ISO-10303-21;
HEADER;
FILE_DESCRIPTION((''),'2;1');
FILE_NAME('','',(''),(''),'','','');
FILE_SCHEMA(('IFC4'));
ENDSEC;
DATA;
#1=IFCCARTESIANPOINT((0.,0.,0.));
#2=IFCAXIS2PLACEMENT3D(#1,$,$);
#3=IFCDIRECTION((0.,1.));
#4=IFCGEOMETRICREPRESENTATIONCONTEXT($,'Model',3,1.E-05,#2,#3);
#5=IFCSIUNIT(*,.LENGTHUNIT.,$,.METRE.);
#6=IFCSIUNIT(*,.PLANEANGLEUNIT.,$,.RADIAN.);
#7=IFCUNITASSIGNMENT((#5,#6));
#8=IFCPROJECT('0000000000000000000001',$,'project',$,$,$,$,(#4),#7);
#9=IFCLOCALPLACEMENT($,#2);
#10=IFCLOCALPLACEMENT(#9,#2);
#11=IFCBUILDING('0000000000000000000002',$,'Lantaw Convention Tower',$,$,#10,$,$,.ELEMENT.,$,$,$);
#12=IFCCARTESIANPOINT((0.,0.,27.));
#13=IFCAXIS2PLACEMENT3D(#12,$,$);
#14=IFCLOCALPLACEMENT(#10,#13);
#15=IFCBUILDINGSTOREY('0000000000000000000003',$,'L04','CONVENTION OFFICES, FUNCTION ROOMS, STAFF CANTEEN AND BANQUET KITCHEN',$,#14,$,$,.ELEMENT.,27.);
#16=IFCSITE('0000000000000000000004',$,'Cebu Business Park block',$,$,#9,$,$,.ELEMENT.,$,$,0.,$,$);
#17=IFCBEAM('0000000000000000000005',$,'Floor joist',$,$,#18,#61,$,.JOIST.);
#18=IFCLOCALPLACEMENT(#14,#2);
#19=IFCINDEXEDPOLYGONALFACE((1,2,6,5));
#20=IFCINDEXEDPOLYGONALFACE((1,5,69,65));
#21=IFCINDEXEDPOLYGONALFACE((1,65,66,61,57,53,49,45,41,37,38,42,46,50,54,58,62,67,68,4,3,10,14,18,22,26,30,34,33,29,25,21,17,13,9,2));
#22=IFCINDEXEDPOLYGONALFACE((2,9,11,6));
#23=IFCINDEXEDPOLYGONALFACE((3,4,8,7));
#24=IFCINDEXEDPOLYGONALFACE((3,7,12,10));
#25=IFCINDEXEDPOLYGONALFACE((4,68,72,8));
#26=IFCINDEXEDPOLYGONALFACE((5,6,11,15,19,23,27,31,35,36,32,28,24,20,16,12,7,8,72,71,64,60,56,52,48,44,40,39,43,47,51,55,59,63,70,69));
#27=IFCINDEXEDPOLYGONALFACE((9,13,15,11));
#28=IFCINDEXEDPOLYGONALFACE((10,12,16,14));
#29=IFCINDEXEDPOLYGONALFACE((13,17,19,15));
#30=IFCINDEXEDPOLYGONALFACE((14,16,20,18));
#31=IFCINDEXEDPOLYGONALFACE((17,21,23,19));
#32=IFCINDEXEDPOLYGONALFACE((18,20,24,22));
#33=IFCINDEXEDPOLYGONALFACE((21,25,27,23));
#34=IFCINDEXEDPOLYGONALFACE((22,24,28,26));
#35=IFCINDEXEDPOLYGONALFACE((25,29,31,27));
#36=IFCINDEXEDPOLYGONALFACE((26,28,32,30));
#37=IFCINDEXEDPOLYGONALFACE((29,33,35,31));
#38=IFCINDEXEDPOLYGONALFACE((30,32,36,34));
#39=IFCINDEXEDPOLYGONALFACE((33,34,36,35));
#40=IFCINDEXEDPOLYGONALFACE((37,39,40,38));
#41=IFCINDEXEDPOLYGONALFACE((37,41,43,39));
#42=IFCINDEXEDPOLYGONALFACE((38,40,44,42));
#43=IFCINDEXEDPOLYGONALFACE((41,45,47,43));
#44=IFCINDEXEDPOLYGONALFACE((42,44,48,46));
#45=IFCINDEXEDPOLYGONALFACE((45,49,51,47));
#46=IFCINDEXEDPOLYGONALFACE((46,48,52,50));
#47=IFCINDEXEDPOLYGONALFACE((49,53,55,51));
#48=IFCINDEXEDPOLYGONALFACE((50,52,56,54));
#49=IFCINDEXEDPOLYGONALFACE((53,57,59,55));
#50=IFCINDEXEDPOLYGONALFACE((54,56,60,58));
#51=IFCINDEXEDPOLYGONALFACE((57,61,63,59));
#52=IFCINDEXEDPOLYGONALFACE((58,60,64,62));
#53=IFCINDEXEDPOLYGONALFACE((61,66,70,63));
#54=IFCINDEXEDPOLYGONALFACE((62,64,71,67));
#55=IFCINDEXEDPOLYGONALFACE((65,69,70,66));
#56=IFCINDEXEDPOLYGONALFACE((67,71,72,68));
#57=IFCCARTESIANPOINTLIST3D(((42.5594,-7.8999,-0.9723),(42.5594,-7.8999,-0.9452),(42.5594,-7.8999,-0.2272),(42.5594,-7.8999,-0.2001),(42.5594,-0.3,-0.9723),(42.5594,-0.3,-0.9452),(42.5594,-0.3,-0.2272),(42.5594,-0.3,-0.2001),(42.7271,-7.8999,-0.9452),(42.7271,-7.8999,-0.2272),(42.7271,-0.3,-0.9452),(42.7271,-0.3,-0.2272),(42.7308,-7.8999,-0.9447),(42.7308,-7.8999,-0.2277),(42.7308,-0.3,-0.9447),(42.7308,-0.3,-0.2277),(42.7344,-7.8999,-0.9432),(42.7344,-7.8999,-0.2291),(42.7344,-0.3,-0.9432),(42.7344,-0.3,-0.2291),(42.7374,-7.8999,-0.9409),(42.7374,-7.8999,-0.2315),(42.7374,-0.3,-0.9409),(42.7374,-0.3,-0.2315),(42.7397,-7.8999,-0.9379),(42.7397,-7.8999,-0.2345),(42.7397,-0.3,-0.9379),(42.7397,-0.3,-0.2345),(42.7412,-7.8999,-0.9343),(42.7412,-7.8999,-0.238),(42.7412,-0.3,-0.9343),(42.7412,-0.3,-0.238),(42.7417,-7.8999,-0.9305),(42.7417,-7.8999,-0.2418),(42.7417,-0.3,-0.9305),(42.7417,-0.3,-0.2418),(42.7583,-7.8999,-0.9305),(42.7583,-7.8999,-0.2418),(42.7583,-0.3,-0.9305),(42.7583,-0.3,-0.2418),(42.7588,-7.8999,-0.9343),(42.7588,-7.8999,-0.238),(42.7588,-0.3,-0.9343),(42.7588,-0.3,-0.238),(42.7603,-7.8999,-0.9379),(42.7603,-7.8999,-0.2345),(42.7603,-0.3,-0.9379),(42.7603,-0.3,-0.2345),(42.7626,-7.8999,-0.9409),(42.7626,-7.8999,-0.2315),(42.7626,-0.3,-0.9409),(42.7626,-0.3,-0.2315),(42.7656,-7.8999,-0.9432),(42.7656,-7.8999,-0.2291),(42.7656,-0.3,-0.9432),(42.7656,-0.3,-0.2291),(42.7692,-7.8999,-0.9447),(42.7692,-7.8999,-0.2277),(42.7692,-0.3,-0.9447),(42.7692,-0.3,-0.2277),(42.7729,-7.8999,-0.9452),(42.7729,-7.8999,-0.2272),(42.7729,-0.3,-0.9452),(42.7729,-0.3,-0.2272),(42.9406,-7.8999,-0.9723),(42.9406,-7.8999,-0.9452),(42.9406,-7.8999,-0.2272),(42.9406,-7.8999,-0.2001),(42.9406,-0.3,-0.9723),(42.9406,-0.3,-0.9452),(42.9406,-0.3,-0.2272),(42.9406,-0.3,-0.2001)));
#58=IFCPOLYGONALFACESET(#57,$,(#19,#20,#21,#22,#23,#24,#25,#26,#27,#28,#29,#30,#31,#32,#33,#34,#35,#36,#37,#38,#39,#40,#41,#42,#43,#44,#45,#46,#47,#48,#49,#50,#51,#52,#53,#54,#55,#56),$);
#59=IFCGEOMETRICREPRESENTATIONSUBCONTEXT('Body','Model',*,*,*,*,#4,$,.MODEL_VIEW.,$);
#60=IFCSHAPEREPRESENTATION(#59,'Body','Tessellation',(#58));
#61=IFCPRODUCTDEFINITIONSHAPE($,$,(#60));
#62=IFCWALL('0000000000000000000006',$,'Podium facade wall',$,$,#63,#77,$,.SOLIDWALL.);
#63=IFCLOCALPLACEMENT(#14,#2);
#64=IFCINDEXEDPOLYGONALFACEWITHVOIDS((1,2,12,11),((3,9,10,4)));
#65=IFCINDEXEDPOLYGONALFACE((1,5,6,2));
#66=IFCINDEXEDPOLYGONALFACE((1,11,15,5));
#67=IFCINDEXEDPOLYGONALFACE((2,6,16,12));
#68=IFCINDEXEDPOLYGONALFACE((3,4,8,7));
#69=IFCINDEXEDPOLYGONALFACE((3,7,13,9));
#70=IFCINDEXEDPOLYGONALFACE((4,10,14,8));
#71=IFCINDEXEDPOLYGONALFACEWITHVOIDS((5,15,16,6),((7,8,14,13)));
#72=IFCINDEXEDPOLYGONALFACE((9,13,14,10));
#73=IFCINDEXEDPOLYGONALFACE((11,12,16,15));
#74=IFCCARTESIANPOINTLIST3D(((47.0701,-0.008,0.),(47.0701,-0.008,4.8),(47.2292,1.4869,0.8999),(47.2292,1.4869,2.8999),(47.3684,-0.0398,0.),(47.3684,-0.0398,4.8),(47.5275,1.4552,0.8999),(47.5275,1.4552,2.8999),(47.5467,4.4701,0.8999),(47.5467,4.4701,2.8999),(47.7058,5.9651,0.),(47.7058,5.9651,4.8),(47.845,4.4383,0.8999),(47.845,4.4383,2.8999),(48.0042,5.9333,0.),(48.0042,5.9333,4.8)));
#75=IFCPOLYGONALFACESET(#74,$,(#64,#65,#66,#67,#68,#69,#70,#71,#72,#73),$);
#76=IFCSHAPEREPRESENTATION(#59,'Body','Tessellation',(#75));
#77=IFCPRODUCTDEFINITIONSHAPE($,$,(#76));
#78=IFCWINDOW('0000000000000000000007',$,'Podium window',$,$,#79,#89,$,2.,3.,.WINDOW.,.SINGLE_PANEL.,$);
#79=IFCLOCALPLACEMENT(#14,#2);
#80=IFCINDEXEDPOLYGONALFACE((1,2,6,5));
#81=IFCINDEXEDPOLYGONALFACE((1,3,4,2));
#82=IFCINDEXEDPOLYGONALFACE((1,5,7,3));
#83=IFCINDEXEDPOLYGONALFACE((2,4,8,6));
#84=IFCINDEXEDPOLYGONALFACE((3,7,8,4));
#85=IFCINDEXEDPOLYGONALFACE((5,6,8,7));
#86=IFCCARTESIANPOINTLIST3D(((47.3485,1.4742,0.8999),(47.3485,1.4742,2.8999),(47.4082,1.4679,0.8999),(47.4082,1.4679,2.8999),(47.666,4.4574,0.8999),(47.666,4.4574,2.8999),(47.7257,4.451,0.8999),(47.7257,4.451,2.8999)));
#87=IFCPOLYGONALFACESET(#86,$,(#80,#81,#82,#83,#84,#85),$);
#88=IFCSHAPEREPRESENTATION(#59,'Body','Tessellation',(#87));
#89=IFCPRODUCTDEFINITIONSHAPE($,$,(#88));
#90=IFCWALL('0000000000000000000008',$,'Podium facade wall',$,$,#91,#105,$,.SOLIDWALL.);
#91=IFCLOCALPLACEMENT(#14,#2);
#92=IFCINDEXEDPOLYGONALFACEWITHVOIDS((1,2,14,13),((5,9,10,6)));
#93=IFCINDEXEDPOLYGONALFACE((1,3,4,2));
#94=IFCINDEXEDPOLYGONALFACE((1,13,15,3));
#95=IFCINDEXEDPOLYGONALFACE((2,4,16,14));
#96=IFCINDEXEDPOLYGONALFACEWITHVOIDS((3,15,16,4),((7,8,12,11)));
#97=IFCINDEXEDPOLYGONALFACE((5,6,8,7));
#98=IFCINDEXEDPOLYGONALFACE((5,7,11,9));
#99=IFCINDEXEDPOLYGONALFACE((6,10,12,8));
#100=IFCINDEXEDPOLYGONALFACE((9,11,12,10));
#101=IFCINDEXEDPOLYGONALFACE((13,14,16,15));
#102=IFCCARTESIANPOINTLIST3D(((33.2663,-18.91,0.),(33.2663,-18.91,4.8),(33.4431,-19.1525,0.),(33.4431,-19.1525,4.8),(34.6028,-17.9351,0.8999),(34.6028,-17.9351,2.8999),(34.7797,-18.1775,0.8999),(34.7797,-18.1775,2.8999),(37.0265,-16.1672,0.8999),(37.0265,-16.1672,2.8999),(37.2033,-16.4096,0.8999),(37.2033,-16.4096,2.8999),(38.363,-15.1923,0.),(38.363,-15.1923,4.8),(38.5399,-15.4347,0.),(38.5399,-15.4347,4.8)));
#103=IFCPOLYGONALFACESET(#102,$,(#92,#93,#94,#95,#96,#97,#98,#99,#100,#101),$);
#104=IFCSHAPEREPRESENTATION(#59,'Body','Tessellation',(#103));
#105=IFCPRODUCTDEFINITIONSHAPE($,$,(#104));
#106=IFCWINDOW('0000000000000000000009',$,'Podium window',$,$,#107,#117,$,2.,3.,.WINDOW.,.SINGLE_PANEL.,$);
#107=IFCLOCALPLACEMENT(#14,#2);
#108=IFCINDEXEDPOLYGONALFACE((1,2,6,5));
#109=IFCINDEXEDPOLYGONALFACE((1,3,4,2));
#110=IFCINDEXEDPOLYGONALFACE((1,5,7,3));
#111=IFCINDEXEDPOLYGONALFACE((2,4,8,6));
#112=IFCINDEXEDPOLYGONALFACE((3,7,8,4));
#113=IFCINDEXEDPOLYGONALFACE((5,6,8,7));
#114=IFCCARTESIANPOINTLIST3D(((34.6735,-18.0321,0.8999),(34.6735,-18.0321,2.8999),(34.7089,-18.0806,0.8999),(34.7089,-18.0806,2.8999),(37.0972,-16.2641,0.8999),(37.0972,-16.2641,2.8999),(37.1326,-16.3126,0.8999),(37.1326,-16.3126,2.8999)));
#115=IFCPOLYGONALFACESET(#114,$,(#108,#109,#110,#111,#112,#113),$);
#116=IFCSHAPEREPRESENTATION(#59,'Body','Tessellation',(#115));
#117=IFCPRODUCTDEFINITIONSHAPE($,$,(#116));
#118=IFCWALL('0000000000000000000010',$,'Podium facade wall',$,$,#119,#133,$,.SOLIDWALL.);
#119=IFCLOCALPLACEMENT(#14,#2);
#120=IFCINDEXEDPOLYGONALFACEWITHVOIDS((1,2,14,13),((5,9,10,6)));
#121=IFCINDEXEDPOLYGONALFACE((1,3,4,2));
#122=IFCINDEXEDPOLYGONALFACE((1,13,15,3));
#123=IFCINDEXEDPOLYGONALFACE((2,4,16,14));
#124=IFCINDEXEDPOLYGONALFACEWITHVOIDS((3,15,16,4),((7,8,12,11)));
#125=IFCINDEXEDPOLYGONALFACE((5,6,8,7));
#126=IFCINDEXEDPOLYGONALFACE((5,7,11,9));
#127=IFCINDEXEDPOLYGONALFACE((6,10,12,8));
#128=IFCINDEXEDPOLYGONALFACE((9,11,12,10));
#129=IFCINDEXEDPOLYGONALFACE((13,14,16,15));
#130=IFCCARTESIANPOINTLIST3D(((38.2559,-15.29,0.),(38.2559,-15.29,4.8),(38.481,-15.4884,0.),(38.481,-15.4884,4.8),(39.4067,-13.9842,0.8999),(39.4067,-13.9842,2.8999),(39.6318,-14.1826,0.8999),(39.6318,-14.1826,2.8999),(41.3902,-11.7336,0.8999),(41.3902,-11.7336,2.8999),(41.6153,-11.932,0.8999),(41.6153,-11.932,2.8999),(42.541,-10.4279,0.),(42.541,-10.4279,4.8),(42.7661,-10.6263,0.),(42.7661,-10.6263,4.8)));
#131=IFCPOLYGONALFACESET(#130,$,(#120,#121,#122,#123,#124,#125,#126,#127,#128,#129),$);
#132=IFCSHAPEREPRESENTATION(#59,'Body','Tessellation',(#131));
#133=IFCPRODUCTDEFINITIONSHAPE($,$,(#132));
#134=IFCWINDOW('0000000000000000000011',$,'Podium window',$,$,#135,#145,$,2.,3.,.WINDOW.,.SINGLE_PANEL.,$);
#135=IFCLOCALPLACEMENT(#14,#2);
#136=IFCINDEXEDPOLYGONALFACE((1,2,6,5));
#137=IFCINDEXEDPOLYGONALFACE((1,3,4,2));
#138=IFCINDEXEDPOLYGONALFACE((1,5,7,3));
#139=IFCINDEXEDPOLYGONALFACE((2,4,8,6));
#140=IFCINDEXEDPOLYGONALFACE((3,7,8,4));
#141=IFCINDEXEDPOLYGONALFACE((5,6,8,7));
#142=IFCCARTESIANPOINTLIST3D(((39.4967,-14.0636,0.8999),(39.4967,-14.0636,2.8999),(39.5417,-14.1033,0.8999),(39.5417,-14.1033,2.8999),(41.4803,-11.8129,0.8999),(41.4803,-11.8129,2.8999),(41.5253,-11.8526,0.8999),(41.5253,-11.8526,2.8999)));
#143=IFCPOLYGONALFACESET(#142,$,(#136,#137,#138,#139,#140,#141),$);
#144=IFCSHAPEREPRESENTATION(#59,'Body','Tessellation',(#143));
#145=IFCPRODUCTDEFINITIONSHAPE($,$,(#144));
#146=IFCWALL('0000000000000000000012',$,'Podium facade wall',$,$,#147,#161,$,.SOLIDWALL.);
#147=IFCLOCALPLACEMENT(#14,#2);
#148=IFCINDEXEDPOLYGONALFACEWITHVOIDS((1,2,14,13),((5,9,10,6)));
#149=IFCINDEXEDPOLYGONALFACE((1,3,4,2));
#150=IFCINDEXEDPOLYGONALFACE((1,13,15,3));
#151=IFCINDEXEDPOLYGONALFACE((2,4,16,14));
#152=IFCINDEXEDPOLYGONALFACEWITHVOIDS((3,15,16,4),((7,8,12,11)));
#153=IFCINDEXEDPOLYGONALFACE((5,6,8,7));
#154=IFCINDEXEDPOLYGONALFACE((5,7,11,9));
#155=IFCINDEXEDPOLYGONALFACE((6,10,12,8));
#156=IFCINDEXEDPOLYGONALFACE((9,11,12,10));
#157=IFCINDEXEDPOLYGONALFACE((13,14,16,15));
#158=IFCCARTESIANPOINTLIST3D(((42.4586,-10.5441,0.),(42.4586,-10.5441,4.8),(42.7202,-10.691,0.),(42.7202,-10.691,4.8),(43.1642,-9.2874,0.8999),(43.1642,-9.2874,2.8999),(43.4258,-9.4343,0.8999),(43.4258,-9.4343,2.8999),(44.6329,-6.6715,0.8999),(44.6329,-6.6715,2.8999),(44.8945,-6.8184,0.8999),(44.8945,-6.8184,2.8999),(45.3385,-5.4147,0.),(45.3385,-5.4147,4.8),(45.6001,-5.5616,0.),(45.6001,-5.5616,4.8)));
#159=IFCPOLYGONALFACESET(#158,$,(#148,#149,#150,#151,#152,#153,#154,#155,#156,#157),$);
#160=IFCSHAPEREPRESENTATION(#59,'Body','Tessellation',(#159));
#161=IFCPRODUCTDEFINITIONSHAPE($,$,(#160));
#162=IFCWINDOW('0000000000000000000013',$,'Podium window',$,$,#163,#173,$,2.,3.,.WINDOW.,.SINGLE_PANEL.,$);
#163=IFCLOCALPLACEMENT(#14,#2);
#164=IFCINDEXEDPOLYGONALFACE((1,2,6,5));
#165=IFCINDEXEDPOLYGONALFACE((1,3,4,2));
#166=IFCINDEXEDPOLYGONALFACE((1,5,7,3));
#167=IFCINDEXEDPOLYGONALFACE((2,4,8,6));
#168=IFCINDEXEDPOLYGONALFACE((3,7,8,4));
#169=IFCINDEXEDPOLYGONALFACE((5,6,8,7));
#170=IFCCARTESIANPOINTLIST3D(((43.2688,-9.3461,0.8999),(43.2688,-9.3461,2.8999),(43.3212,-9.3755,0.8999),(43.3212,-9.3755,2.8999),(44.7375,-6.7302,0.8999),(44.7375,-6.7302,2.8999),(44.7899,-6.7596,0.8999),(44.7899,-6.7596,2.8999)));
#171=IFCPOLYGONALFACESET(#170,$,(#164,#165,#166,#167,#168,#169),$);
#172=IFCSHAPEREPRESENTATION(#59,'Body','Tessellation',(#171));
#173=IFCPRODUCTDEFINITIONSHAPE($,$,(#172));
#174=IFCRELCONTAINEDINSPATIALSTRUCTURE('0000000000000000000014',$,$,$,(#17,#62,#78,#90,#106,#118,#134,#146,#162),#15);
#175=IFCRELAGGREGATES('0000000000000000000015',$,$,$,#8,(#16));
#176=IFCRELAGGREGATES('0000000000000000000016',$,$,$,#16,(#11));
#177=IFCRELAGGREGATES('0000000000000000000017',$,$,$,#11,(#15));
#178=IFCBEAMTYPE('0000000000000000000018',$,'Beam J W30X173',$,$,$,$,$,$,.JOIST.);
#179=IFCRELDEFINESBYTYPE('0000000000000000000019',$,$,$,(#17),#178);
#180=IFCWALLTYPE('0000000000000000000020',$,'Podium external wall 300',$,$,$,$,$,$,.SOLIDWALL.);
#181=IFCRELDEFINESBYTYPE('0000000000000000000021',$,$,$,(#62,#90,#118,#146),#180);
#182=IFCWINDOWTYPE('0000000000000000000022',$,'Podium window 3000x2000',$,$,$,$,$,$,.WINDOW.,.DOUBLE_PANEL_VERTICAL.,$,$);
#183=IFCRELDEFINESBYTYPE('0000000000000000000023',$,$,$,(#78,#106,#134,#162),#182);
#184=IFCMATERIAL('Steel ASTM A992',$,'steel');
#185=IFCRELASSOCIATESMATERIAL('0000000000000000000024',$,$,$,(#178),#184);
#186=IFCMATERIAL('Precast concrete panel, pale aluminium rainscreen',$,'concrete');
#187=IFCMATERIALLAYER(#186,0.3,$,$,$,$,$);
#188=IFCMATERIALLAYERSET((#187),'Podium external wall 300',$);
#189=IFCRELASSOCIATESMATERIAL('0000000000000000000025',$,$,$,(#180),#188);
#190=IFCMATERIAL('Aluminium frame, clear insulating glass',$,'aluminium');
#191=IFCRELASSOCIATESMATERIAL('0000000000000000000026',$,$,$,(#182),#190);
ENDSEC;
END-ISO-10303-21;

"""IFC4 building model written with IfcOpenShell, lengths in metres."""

from ifc_helpers import new_model, si_unit, direction, frame, frame_2d, origin, origin_2d, place, context, subcontext, project, spatial, rectangle, i_section, extrude, material, layer, layer_set, material_profile, profile_set, type_object, element, fill, save


model = new_model("IFC4")

# Units and contexts
model_context = context("Model", 3, precision=1e-05, world=origin(), true_north=direction((0.0, 1.0)))
body_context = subcontext(model_context, "Body", "Model", "MODEL_VIEW")
ifc_project = project(units=[si_unit("LENGTHUNIT", "METRE"), si_unit("PLANEANGLEUNIT", "RADIAN")], contexts=[model_context])

# Site, building, storey
site_placement = place(None, origin())
site = spatial("IfcSite", under=ifc_project, at=site_placement, Name="Cebu Business Park block", CompositionType="ELEMENT", RefElevation=0.0)
building_placement = place(site_placement, origin())
building = spatial("IfcBuilding", under=site, at=building_placement, Name="Lantaw Convention Tower", CompositionType="ELEMENT")
storey_placement = place(building_placement, frame((0.0, 0.0, 27.0)))
storey = spatial("IfcBuildingStorey", under=building, at=storey_placement, Name="L04", Description="CONVENTION OFFICES, FUNCTION ROOMS, STAFF CANTEEN AND BANQUET KITCHEN", CompositionType="ELEMENT", Elevation=27.0)

# Beam
ifc_material_1 = material(Name="Steel ASTM A992", Category="steel")
ifc_material_profile_1 = material_profile(ifc_material_1, i_section(OverallWidth=0.3811, OverallDepth=0.7722, WebThickness=0.0166, FlangeThickness=0.0271, FilletRadius=0.0146, at=origin_2d()), Name="W30X173")
ifc_profile_set_1 = profile_set([ifc_material_profile_1], Name="Steel ASTM A992")
beam_type_1 = type_object("IfcBeamType", Name="Beam J W30X173", PredefinedType="JOIST", material=ifc_profile_set_1)
beam_1_placement = place(storey_placement, frame((42.75, -7.8999, -0.5862), z_axis=(0.0, 1.0, 0.0), x_axis=(-1.0, 0.0, 0.0)))
element("IfcBeam", 1, at=beam_1_placement, inside=storey, type_object=beam_type_1, Name="Floor joist", PredefinedType="JOIST", context=body_context, shape_type="SweptSolid", body=[
    extrude(i_section(OverallWidth=0.3811, OverallDepth=0.7722, WebThickness=0.0166, FlangeThickness=0.0271, FilletRadius=0.0146, at=origin_2d()), origin(), (0.0, 0.0, 1.0), 7.5999),
])

# Walls, openings, windows
ifc_material_2 = material(Name="Precast concrete panel, pale aluminium rainscreen", Category="concrete")
ifc_layer_1 = layer(ifc_material_2, 0.3)
ifc_layer_set_1 = layer_set([ifc_layer_1], Name="Podium external wall 300")
wall_type_1 = type_object("IfcWallType", Name="Podium external wall 300", PredefinedType="SOLIDWALL", material=ifc_layer_set_1)
wall_1_placement = place(storey_placement, frame((47.2192, -0.0239, 0.0), z_axis=(0.0, 0.0, 1.0), x_axis=(0.105836, 0.994384, 0.0)))
wall_1 = element("IfcWall", 2, at=wall_1_placement, inside=storey, type_object=wall_type_1, Name="Podium facade wall", PredefinedType="SOLIDWALL", context=body_context, shape_type="SweptSolid", body=[
    extrude(rectangle(XDim=6.0068, YDim=0.3, at=frame_2d((3.0034, 0.0))), origin(), (0.0, 0.0, 1.0), 4.8),
])
opening_1_placement = place(wall_1_placement, frame((1.5034, 0.0, 0.8999)))
opening_1 = element("IfcOpeningElement", 3, at=opening_1_placement, cuts=wall_1, PredefinedType="OPENING", context=body_context, shape_type="SweptSolid", body=[
    extrude(rectangle(XDim=3.0, YDim=2.0, at=frame_2d((1.5, 1.0))), frame((0.0, 0.1599, 0.0), z_axis=(0.0, -1.0, 0.0), x_axis=(1.0, 0.0, 0.0)), (0.0, 0.0, 1.0), 0.3201),
])
ifc_material_3 = material(Name="Aluminium frame, clear insulating glass", Category="aluminium")
window_type = type_object("IfcWindowType", Name="Podium window 3000x2000", PartitioningType="DOUBLE_PANEL_VERTICAL", PredefinedType="WINDOW", material=ifc_material_3)
window_1_placement = place(opening_1_placement, origin())
window_1 = element("IfcWindow", 4, at=window_1_placement, inside=storey, type_object=window_type, Name="Podium window", OverallHeight=2.0, OverallWidth=3.0, PartitioningType="SINGLE_PANEL", PredefinedType="WINDOW", context=body_context, shape_type="SweptSolid", body=[
    extrude(rectangle(XDim=3.0, YDim=2.0, at=frame_2d((1.5, 1.0))), frame((0.0, 0.03, 0.0), z_axis=(0.0, -1.0, 0.0), x_axis=(1.0, 0.0, 0.0)), (0.0, 0.0, 1.0), 0.0601),
])
fill(opening_1, window_1)
wall_2_placement = place(storey_placement, frame((33.3547, -19.0312, 0.0), z_axis=(0.0, 0.0, 1.0), x_axis=(0.807899, 0.589322, 0.0)))
wall_2 = element("IfcWall", 5, at=wall_2_placement, inside=storey, type_object=wall_type_1, Name="Podium facade wall", PredefinedType="SOLIDWALL", context=body_context, shape_type="SweptSolid", body=[
    extrude(rectangle(XDim=6.3086, YDim=0.3, at=frame_2d((3.1543, 0.0))), origin(), (0.0, 0.0, 1.0), 4.8),
])
opening_2_placement = place(wall_2_placement, frame((1.6543, 0.0, 0.8999)))
opening_2 = element("IfcOpeningElement", 6, at=opening_2_placement, cuts=wall_2, PredefinedType="OPENING", context=body_context, shape_type="SweptSolid", body=[
    extrude(rectangle(XDim=3.0, YDim=2.0, at=frame_2d((1.5, 1.0))), frame((0.0, 0.1599, 0.0), z_axis=(0.0, -1.0, 0.0), x_axis=(1.0, 0.0, 0.0)), (0.0, 0.0, 1.0), 0.3201),
])
window_2_placement = place(opening_2_placement, origin())
window_2 = element("IfcWindow", 7, at=window_2_placement, inside=storey, type_object=window_type, Name="Podium window", OverallHeight=2.0, OverallWidth=3.0, PartitioningType="SINGLE_PANEL", PredefinedType="WINDOW", context=body_context, shape_type="SweptSolid", body=[
    extrude(rectangle(XDim=3.0, YDim=2.0, at=frame_2d((1.5, 1.0))), frame((0.0, 0.03, 0.0), z_axis=(0.0, -1.0, 0.0), x_axis=(1.0, 0.0, 0.0)), (0.0, 0.0, 1.0), 0.0601),
])
fill(opening_2, window_2)
wall_3_placement = place(storey_placement, frame((38.3684, -15.3892, 0.0), z_axis=(0.0, 0.0, 1.0), x_axis=(0.661197, 0.750213, 0.0)))
wall_3 = element("IfcWall", 8, at=wall_3_placement, inside=storey, type_object=wall_type_1, Name="Podium facade wall", PredefinedType="SOLIDWALL", context=body_context, shape_type="SweptSolid", body=[
    extrude(rectangle(XDim=6.481, YDim=0.3, at=frame_2d((3.2405, 0.0))), origin(), (0.0, 0.0, 1.0), 4.8),
])
opening_3_placement = place(wall_3_placement, frame((1.7405, 0.0, 0.8999)))
opening_3 = element("IfcOpeningElement", 9, at=opening_3_placement, cuts=wall_3, PredefinedType="OPENING", context=body_context, shape_type="SweptSolid", body=[
    extrude(rectangle(XDim=3.0, YDim=2.0, at=frame_2d((1.5, 1.0))), frame((0.0, 0.1599, 0.0), z_axis=(0.0, -1.0, 0.0), x_axis=(1.0, 0.0, 0.0)), (0.0, 0.0, 1.0), 0.3201),
])
window_3_placement = place(opening_3_placement, origin())
window_3 = element("IfcWindow", 10, at=window_3_placement, inside=storey, type_object=window_type, Name="Podium window", OverallHeight=2.0, OverallWidth=3.0, PartitioningType="SINGLE_PANEL", PredefinedType="WINDOW", context=body_context, shape_type="SweptSolid", body=[
    extrude(rectangle(XDim=3.0, YDim=2.0, at=frame_2d((1.5, 1.0))), frame((0.0, 0.03, 0.0), z_axis=(0.0, -1.0, 0.0), x_axis=(1.0, 0.0, 0.0)), (0.0, 0.0, 1.0), 0.0601),
])
fill(opening_3, window_3)
wall_4_placement = place(storey_placement, frame((42.5894, -10.6177, 0.0), z_axis=(0.0, 0.0, 1.0), x_axis=(0.489564, 0.871968, 0.0)))
wall_4 = element("IfcWall", 11, at=wall_4_placement, inside=storey, type_object=wall_type_1, Name="Podium facade wall", PredefinedType="SOLIDWALL", context=body_context, shape_type="SweptSolid", body=[
    extrude(rectangle(XDim=5.8826, YDim=0.3, at=frame_2d((2.9414, 0.0))), origin(), (0.0, 0.0, 1.0), 4.8),
])
opening_4_placement = place(wall_4_placement, frame((1.4414, 0.0, 0.8999)))
opening_4 = element("IfcOpeningElement", 12, at=opening_4_placement, cuts=wall_4, PredefinedType="OPENING", context=body_context, shape_type="SweptSolid", body=[
    extrude(rectangle(XDim=3.0, YDim=2.0, at=frame_2d((1.5, 1.0))), frame((0.0, 0.1599, 0.0), z_axis=(0.0, -1.0, 0.0), x_axis=(1.0, 0.0, 0.0)), (0.0, 0.0, 1.0), 0.3201),
])
window_4_placement = place(opening_4_placement, origin())
window_4 = element("IfcWindow", 13, at=window_4_placement, inside=storey, type_object=window_type, Name="Podium window", OverallHeight=2.0, OverallWidth=3.0, PartitioningType="SINGLE_PANEL", PredefinedType="WINDOW", context=body_context, shape_type="SweptSolid", body=[
    extrude(rectangle(XDim=3.0, YDim=2.0, at=frame_2d((1.5, 1.0))), frame((0.0, 0.03, 0.0), z_axis=(0.0, -1.0, 0.0), x_axis=(1.0, 0.0, 0.0)), (0.0, 0.0, 1.0), 0.0601),
])
fill(opening_4, window_4)

save(model, "model.ifc")
